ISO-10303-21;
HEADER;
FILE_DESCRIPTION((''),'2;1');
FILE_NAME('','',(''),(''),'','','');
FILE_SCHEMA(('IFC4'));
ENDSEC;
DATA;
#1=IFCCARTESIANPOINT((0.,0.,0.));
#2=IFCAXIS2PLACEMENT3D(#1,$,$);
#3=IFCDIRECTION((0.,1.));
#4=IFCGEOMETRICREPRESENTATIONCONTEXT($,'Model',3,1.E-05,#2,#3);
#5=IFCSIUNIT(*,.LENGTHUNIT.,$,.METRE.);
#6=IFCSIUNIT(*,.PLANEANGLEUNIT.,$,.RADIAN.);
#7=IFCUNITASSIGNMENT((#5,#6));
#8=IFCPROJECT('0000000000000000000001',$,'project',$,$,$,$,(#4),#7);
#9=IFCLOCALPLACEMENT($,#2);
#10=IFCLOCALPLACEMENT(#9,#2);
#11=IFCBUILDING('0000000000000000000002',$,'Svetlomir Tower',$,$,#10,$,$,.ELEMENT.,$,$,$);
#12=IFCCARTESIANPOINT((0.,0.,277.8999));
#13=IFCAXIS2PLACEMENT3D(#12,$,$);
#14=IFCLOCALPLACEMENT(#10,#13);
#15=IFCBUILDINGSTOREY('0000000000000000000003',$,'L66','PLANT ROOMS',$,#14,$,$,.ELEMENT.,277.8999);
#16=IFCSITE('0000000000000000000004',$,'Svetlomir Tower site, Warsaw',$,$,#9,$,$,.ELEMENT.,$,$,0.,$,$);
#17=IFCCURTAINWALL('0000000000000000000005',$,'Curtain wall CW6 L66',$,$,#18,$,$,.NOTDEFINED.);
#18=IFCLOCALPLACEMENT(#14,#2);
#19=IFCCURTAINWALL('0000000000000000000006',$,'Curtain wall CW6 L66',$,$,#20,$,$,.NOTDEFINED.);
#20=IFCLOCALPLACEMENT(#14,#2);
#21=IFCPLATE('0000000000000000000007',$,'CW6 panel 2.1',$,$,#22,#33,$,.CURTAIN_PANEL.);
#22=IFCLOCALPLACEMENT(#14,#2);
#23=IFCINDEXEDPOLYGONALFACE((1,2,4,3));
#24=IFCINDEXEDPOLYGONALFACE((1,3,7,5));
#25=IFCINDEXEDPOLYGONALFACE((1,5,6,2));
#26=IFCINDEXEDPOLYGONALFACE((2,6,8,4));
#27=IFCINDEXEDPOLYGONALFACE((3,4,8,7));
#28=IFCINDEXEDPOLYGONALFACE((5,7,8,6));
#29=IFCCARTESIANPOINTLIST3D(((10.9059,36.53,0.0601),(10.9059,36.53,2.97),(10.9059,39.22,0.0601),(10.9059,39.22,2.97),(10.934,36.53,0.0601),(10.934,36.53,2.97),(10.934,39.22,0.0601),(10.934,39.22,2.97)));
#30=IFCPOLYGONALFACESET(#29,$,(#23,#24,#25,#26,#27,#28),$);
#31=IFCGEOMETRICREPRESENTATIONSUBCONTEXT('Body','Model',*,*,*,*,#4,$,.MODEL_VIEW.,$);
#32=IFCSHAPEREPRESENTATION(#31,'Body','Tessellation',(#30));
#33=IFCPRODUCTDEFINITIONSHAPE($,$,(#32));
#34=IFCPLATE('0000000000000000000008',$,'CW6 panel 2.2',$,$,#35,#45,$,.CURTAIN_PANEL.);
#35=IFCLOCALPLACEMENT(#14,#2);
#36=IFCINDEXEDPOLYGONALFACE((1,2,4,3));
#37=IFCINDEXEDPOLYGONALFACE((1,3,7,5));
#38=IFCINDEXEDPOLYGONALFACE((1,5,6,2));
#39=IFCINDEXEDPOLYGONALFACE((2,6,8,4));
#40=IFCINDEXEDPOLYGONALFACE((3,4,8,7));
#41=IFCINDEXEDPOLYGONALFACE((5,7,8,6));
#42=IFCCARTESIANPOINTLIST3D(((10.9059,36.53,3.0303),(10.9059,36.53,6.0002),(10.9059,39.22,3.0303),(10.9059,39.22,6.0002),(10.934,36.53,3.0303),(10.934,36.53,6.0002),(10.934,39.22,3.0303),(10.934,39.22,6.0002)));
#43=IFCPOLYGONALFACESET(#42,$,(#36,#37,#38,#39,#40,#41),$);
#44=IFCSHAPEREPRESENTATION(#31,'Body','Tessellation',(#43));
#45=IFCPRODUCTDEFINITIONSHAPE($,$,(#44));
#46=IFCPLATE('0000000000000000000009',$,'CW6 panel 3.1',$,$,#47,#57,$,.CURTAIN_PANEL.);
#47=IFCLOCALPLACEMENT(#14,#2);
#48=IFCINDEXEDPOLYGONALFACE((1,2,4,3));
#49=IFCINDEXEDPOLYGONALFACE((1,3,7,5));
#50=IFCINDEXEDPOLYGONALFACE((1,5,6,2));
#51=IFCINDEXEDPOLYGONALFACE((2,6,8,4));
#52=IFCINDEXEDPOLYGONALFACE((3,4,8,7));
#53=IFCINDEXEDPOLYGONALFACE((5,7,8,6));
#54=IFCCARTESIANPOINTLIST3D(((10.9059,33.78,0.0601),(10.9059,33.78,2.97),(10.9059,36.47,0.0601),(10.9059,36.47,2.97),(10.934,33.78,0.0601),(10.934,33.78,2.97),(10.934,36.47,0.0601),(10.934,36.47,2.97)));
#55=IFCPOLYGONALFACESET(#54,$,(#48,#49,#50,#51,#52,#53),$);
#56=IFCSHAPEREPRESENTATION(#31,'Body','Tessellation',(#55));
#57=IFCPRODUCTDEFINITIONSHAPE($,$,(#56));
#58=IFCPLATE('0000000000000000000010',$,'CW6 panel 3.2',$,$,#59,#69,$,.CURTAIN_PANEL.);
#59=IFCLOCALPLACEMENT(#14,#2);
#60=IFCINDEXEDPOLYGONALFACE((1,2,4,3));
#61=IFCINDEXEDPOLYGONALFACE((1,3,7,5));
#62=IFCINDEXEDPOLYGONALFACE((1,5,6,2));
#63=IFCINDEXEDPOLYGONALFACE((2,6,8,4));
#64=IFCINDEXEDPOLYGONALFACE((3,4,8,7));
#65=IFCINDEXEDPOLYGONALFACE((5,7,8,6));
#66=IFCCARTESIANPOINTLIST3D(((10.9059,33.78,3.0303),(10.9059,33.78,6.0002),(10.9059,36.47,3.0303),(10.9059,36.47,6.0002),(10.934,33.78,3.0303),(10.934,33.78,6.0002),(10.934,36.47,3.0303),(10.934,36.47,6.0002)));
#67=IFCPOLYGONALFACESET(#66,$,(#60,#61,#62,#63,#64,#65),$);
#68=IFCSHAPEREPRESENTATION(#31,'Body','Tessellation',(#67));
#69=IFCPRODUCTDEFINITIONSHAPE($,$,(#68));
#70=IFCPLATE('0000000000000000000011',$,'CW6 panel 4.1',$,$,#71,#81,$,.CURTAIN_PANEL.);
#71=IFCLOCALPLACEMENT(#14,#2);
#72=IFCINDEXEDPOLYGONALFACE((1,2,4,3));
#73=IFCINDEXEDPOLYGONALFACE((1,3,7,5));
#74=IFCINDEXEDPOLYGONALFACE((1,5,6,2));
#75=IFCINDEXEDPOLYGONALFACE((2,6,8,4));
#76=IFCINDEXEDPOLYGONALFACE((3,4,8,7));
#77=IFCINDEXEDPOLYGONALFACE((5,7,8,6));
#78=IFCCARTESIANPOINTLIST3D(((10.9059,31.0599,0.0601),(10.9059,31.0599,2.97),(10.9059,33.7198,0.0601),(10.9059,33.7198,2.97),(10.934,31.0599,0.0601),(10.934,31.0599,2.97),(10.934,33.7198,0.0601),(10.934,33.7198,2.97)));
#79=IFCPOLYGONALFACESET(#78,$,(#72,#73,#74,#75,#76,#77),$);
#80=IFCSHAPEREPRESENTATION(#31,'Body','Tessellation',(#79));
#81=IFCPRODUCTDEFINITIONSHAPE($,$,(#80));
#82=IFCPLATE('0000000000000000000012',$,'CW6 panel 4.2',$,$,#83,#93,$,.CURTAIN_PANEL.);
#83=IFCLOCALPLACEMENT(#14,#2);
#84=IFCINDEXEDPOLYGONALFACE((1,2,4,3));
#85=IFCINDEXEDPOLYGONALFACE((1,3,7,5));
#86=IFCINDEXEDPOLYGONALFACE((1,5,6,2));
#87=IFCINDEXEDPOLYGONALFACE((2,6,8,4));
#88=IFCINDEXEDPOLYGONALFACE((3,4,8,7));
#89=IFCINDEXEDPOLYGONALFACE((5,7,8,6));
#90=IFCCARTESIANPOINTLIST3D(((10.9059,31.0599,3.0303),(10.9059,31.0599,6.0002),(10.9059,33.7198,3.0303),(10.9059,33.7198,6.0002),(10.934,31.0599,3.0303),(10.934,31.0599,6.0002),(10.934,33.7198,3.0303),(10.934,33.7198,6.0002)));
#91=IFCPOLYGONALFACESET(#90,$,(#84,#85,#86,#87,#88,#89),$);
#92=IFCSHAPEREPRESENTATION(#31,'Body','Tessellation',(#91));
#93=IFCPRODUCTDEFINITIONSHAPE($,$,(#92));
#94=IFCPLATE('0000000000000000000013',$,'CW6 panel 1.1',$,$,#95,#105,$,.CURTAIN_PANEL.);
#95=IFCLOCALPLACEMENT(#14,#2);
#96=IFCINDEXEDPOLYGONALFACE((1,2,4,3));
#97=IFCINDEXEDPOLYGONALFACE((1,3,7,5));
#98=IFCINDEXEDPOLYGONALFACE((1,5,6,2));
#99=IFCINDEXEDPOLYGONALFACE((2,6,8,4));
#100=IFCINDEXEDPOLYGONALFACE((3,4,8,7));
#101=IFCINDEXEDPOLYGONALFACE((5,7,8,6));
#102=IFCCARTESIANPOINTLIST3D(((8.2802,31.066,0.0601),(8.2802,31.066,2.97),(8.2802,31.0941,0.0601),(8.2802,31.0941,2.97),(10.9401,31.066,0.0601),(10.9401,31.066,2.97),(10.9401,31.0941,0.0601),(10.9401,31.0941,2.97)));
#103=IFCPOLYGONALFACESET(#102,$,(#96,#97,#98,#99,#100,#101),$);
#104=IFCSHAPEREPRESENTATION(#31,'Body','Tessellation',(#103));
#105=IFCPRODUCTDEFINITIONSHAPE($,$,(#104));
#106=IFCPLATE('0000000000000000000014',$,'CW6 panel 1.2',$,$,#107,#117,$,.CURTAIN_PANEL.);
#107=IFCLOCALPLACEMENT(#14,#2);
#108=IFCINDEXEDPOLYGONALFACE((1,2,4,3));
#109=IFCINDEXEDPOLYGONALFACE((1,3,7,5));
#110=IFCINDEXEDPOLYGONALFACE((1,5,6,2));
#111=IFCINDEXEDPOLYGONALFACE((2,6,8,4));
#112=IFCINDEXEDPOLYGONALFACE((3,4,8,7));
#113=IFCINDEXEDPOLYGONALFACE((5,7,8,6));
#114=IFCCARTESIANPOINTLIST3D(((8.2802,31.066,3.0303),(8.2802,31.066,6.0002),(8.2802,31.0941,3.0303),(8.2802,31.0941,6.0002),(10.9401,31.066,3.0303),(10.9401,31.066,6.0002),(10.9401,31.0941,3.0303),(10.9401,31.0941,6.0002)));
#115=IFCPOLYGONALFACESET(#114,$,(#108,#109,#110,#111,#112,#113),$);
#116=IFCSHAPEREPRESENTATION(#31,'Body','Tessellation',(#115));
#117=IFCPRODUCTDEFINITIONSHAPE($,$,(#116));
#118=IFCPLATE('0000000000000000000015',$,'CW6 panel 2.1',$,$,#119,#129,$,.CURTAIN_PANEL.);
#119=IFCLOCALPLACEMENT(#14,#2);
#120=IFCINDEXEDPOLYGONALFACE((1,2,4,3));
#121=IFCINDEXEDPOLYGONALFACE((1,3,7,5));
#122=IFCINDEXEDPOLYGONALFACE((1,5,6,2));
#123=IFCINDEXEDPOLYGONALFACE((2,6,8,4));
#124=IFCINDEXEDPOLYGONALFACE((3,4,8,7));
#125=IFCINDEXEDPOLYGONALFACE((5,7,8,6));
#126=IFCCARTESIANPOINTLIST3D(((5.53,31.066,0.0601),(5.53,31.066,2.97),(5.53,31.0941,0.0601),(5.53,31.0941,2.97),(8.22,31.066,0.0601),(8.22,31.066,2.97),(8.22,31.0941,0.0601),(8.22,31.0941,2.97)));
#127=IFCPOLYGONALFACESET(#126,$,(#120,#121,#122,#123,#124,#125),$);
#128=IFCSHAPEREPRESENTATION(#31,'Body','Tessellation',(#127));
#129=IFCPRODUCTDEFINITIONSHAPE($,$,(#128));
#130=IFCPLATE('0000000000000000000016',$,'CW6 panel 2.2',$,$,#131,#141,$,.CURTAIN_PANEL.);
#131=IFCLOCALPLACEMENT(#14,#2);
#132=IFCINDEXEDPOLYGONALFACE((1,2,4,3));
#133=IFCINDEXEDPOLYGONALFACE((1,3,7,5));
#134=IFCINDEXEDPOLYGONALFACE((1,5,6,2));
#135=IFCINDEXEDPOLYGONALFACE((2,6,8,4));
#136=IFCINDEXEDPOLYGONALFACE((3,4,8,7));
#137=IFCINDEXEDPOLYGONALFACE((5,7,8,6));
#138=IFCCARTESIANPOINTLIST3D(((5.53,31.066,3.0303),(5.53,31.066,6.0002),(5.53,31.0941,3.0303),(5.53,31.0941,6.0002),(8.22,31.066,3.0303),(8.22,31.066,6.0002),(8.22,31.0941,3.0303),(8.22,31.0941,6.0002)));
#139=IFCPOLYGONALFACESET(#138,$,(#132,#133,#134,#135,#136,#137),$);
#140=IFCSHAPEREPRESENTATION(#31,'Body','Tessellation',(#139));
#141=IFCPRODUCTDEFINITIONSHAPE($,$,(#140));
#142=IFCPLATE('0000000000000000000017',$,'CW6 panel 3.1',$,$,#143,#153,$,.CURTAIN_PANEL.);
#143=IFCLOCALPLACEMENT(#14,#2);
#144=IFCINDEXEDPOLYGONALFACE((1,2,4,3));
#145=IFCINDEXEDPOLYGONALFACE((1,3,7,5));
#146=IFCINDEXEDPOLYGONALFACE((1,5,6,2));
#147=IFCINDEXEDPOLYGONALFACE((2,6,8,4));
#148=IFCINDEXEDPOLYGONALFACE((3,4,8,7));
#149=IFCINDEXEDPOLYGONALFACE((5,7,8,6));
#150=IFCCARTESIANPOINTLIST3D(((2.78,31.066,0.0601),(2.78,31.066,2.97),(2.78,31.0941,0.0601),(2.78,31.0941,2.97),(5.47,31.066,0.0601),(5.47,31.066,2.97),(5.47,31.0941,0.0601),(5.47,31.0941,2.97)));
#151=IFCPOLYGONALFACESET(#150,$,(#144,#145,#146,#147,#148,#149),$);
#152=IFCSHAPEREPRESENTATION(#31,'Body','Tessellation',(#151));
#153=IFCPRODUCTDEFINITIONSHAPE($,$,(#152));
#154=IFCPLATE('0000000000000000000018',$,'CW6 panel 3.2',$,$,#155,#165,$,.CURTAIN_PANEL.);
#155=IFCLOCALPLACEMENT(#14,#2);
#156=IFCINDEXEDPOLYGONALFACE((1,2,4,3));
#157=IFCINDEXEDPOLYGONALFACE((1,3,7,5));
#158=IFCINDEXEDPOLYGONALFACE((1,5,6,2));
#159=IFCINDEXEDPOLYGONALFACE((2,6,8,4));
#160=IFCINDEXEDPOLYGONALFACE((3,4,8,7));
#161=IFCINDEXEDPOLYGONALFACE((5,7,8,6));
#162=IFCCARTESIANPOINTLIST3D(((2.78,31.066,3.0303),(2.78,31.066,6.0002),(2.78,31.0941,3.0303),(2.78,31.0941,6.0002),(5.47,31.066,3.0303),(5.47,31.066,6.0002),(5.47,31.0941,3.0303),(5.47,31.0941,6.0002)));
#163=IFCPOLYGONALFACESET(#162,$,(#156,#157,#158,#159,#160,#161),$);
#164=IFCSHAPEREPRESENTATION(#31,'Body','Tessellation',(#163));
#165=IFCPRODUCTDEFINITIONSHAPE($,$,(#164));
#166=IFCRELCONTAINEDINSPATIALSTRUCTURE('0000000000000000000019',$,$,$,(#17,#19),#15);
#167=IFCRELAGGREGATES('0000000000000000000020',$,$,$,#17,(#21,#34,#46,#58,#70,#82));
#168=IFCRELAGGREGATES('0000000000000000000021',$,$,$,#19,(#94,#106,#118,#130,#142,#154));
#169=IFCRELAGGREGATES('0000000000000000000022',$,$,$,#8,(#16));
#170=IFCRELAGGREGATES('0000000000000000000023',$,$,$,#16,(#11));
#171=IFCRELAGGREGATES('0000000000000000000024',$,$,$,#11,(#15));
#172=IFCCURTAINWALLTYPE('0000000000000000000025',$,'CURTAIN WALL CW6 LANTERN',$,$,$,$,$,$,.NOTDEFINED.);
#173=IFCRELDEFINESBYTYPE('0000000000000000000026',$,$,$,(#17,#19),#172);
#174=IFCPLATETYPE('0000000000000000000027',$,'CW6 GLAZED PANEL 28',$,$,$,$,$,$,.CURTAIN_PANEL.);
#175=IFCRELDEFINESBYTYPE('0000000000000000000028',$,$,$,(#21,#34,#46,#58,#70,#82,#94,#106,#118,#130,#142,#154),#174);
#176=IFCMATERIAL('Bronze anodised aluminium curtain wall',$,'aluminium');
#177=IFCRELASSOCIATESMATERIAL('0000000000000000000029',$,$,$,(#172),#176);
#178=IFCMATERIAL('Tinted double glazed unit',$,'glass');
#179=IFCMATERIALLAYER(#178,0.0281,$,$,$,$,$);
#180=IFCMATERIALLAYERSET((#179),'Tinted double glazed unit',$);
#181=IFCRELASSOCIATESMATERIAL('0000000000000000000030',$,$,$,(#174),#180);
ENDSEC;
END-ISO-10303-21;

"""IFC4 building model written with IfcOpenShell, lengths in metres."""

from ifc_helpers import new_model, si_unit, direction, frame, origin, origin_2d, place, context, subcontext, project, spatial, rectangle, extrude, material, layer, layer_set, type_object, element, aggregate, save


model = new_model("IFC4")

# Units and contexts
model_context = context("Model", 3, precision=1e-05, world=origin(), true_north=direction((0.0, 1.0)))
body_context = subcontext(model_context, "Body", "Model", "MODEL_VIEW")
ifc_project = project(units=[si_unit("LENGTHUNIT", "METRE"), si_unit("PLANEANGLEUNIT", "RADIAN")], contexts=[model_context])

# Site, building, storey
site_placement = place(None, origin())
site = spatial("IfcSite", under=ifc_project, at=site_placement, Name="Svetlomir Tower site, Warsaw", CompositionType="ELEMENT", RefElevation=0.0)
building_placement = place(site_placement, origin())
building = spatial("IfcBuilding", under=site, at=building_placement, Name="Svetlomir Tower", CompositionType="ELEMENT")
storey_placement = place(building_placement, frame((0.0, 0.0, 277.8999)))
storey = spatial("IfcBuildingStorey", under=building, at=storey_placement, Name="L66", Description="PLANT ROOMS", CompositionType="ELEMENT", Elevation=277.8999)

# Curtain walls
ifc_material_1 = material(Name="Bronze anodised aluminium curtain wall", Category="aluminium")
curtain_wall_type = type_object("IfcCurtainWallType", Name="CURTAIN WALL CW6 LANTERN", PredefinedType="NOTDEFINED", material=ifc_material_1)
curtain_wall_1_placement = place(storey_placement, origin())
curtain_wall_1 = element("IfcCurtainWall", 1, at=curtain_wall_1_placement, inside=storey, type_object=curtain_wall_type, Name="Curtain wall CW6 L66", PredefinedType="NOTDEFINED")
curtain_wall_2_placement = place(storey_placement, origin())
curtain_wall_2 = element("IfcCurtainWall", 2, at=curtain_wall_2_placement, inside=storey, type_object=curtain_wall_type, Name="Curtain wall CW6 L66", PredefinedType="NOTDEFINED")

# Plates
ifc_material_2 = material(Name="Tinted double glazed unit", Category="glass")
ifc_layer = layer(ifc_material_2, 0.0281)
ifc_layer_set = layer_set([ifc_layer], Name="Tinted double glazed unit")
plate_type = type_object("IfcPlateType", Name="CW6 GLAZED PANEL 28", PredefinedType="CURTAIN_PANEL", material=ifc_layer_set)
plate_1_placement = place(storey_placement, frame((10.9199, 37.875, 0.0601), z_axis=(0.0, 0.0, 1.0), x_axis=(0.0, -1.0, 0.0)))
plate_1 = element("IfcPlate", 3, at=plate_1_placement, type_object=plate_type, Name="CW6 panel 2.1", PredefinedType="CURTAIN_PANEL", context=body_context, shape_type="SweptSolid", body=[
    extrude(rectangle(XDim=2.6899, YDim=0.0281, at=origin_2d()), origin(), (0.0, 0.0, 1.0), 2.9099),
])
plate_2_placement = place(storey_placement, frame((10.9199, 37.875, 3.0303), z_axis=(0.0, 0.0, 1.0), x_axis=(0.0, -1.0, 0.0)))
plate_2 = element("IfcPlate", 4, at=plate_2_placement, type_object=plate_type, Name="CW6 panel 2.2", PredefinedType="CURTAIN_PANEL", context=body_context, shape_type="SweptSolid", body=[
    extrude(rectangle(XDim=2.6899, YDim=0.0281, at=origin_2d()), origin(), (0.0, 0.0, 1.0), 2.97),
])
plate_3_placement = place(storey_placement, frame((10.9199, 35.125, 0.0601), z_axis=(0.0, 0.0, 1.0), x_axis=(0.0, -1.0, 0.0)))
plate_3 = element("IfcPlate", 5, at=plate_3_placement, type_object=plate_type, Name="CW6 panel 3.1", PredefinedType="CURTAIN_PANEL", context=body_context, shape_type="SweptSolid", body=[
    extrude(rectangle(XDim=2.6899, YDim=0.0281, at=origin_2d()), origin(), (0.0, 0.0, 1.0), 2.9099),
])
plate_4_placement = place(storey_placement, frame((10.9199, 35.125, 3.0303), z_axis=(0.0, 0.0, 1.0), x_axis=(0.0, -1.0, 0.0)))
plate_4 = element("IfcPlate", 6, at=plate_4_placement, type_object=plate_type, Name="CW6 panel 3.2", PredefinedType="CURTAIN_PANEL", context=body_context, shape_type="SweptSolid", body=[
    extrude(rectangle(XDim=2.6899, YDim=0.0281, at=origin_2d()), origin(), (0.0, 0.0, 1.0), 2.97),
])
plate_5_placement = place(storey_placement, frame((10.9199, 32.3899, 0.0601), z_axis=(0.0, 0.0, 1.0), x_axis=(0.0, -1.0, 0.0)))
plate_5 = element("IfcPlate", 7, at=plate_5_placement, type_object=plate_type, Name="CW6 panel 4.1", PredefinedType="CURTAIN_PANEL", context=body_context, shape_type="SweptSolid", body=[
    extrude(rectangle(XDim=2.6599, YDim=0.0281, at=origin_2d()), origin(), (0.0, 0.0, 1.0), 2.9099),
])
plate_6_placement = place(storey_placement, frame((10.9199, 32.3899, 3.0303), z_axis=(0.0, 0.0, 1.0), x_axis=(0.0, -1.0, 0.0)))
plate_6 = element("IfcPlate", 8, at=plate_6_placement, type_object=plate_type, Name="CW6 panel 4.2", PredefinedType="CURTAIN_PANEL", context=body_context, shape_type="SweptSolid", body=[
    extrude(rectangle(XDim=2.6599, YDim=0.0281, at=origin_2d()), origin(), (0.0, 0.0, 1.0), 2.97),
])
aggregate(curtain_wall_1, [plate_1, plate_2, plate_3, plate_4, plate_5, plate_6])
plate_7_placement = place(storey_placement, frame((9.6101, 31.0801, 0.0601), z_axis=(0.0, 0.0, 1.0), x_axis=(-1.0, 0.0, 0.0)))
plate_7 = element("IfcPlate", 9, at=plate_7_placement, type_object=plate_type, Name="CW6 panel 1.1", PredefinedType="CURTAIN_PANEL", context=body_context, shape_type="SweptSolid", body=[
    extrude(rectangle(XDim=2.6599, YDim=0.0281, at=origin_2d()), origin(), (0.0, 0.0, 1.0), 2.9099),
])
plate_8_placement = place(storey_placement, frame((9.6101, 31.0801, 3.0303), z_axis=(0.0, 0.0, 1.0), x_axis=(-1.0, 0.0, 0.0)))
plate_8 = element("IfcPlate", 10, at=plate_8_placement, type_object=plate_type, Name="CW6 panel 1.2", PredefinedType="CURTAIN_PANEL", context=body_context, shape_type="SweptSolid", body=[
    extrude(rectangle(XDim=2.6599, YDim=0.0281, at=origin_2d()), origin(), (0.0, 0.0, 1.0), 2.97),
])
plate_9_placement = place(storey_placement, frame((6.875, 31.0801, 0.0601), z_axis=(0.0, 0.0, 1.0), x_axis=(-1.0, 0.0, 0.0)))
plate_9 = element("IfcPlate", 11, at=plate_9_placement, type_object=plate_type, Name="CW6 panel 2.1", PredefinedType="CURTAIN_PANEL", context=body_context, shape_type="SweptSolid", body=[
    extrude(rectangle(XDim=2.6899, YDim=0.0281, at=origin_2d()), origin(), (0.0, 0.0, 1.0), 2.9099),
])
plate_10_placement = place(storey_placement, frame((6.875, 31.0801, 3.0303), z_axis=(0.0, 0.0, 1.0), x_axis=(-1.0, 0.0, 0.0)))
plate_10 = element("IfcPlate", 12, at=plate_10_placement, type_object=plate_type, Name="CW6 panel 2.2", PredefinedType="CURTAIN_PANEL", context=body_context, shape_type="SweptSolid", body=[
    extrude(rectangle(XDim=2.6899, YDim=0.0281, at=origin_2d()), origin(), (0.0, 0.0, 1.0), 2.97),
])
plate_11_placement = place(storey_placement, frame((4.125, 31.0801, 0.0601), z_axis=(0.0, 0.0, 1.0), x_axis=(-1.0, 0.0, 0.0)))
plate_11 = element("IfcPlate", 13, at=plate_11_placement, type_object=plate_type, Name="CW6 panel 3.1", PredefinedType="CURTAIN_PANEL", context=body_context, shape_type="SweptSolid", body=[
    extrude(rectangle(XDim=2.6899, YDim=0.0281, at=origin_2d()), origin(), (0.0, 0.0, 1.0), 2.9099),
])
plate_12_placement = place(storey_placement, frame((4.125, 31.0801, 3.0303), z_axis=(0.0, 0.0, 1.0), x_axis=(-1.0, 0.0, 0.0)))
plate_12 = element("IfcPlate", 14, at=plate_12_placement, type_object=plate_type, Name="CW6 panel 3.2", PredefinedType="CURTAIN_PANEL", context=body_context, shape_type="SweptSolid", body=[
    extrude(rectangle(XDim=2.6899, YDim=0.0281, at=origin_2d()), origin(), (0.0, 0.0, 1.0), 2.97),
])
aggregate(curtain_wall_2, [plate_7, plate_8, plate_9, plate_10, plate_11, plate_12])

save(model, "model.ifc")
